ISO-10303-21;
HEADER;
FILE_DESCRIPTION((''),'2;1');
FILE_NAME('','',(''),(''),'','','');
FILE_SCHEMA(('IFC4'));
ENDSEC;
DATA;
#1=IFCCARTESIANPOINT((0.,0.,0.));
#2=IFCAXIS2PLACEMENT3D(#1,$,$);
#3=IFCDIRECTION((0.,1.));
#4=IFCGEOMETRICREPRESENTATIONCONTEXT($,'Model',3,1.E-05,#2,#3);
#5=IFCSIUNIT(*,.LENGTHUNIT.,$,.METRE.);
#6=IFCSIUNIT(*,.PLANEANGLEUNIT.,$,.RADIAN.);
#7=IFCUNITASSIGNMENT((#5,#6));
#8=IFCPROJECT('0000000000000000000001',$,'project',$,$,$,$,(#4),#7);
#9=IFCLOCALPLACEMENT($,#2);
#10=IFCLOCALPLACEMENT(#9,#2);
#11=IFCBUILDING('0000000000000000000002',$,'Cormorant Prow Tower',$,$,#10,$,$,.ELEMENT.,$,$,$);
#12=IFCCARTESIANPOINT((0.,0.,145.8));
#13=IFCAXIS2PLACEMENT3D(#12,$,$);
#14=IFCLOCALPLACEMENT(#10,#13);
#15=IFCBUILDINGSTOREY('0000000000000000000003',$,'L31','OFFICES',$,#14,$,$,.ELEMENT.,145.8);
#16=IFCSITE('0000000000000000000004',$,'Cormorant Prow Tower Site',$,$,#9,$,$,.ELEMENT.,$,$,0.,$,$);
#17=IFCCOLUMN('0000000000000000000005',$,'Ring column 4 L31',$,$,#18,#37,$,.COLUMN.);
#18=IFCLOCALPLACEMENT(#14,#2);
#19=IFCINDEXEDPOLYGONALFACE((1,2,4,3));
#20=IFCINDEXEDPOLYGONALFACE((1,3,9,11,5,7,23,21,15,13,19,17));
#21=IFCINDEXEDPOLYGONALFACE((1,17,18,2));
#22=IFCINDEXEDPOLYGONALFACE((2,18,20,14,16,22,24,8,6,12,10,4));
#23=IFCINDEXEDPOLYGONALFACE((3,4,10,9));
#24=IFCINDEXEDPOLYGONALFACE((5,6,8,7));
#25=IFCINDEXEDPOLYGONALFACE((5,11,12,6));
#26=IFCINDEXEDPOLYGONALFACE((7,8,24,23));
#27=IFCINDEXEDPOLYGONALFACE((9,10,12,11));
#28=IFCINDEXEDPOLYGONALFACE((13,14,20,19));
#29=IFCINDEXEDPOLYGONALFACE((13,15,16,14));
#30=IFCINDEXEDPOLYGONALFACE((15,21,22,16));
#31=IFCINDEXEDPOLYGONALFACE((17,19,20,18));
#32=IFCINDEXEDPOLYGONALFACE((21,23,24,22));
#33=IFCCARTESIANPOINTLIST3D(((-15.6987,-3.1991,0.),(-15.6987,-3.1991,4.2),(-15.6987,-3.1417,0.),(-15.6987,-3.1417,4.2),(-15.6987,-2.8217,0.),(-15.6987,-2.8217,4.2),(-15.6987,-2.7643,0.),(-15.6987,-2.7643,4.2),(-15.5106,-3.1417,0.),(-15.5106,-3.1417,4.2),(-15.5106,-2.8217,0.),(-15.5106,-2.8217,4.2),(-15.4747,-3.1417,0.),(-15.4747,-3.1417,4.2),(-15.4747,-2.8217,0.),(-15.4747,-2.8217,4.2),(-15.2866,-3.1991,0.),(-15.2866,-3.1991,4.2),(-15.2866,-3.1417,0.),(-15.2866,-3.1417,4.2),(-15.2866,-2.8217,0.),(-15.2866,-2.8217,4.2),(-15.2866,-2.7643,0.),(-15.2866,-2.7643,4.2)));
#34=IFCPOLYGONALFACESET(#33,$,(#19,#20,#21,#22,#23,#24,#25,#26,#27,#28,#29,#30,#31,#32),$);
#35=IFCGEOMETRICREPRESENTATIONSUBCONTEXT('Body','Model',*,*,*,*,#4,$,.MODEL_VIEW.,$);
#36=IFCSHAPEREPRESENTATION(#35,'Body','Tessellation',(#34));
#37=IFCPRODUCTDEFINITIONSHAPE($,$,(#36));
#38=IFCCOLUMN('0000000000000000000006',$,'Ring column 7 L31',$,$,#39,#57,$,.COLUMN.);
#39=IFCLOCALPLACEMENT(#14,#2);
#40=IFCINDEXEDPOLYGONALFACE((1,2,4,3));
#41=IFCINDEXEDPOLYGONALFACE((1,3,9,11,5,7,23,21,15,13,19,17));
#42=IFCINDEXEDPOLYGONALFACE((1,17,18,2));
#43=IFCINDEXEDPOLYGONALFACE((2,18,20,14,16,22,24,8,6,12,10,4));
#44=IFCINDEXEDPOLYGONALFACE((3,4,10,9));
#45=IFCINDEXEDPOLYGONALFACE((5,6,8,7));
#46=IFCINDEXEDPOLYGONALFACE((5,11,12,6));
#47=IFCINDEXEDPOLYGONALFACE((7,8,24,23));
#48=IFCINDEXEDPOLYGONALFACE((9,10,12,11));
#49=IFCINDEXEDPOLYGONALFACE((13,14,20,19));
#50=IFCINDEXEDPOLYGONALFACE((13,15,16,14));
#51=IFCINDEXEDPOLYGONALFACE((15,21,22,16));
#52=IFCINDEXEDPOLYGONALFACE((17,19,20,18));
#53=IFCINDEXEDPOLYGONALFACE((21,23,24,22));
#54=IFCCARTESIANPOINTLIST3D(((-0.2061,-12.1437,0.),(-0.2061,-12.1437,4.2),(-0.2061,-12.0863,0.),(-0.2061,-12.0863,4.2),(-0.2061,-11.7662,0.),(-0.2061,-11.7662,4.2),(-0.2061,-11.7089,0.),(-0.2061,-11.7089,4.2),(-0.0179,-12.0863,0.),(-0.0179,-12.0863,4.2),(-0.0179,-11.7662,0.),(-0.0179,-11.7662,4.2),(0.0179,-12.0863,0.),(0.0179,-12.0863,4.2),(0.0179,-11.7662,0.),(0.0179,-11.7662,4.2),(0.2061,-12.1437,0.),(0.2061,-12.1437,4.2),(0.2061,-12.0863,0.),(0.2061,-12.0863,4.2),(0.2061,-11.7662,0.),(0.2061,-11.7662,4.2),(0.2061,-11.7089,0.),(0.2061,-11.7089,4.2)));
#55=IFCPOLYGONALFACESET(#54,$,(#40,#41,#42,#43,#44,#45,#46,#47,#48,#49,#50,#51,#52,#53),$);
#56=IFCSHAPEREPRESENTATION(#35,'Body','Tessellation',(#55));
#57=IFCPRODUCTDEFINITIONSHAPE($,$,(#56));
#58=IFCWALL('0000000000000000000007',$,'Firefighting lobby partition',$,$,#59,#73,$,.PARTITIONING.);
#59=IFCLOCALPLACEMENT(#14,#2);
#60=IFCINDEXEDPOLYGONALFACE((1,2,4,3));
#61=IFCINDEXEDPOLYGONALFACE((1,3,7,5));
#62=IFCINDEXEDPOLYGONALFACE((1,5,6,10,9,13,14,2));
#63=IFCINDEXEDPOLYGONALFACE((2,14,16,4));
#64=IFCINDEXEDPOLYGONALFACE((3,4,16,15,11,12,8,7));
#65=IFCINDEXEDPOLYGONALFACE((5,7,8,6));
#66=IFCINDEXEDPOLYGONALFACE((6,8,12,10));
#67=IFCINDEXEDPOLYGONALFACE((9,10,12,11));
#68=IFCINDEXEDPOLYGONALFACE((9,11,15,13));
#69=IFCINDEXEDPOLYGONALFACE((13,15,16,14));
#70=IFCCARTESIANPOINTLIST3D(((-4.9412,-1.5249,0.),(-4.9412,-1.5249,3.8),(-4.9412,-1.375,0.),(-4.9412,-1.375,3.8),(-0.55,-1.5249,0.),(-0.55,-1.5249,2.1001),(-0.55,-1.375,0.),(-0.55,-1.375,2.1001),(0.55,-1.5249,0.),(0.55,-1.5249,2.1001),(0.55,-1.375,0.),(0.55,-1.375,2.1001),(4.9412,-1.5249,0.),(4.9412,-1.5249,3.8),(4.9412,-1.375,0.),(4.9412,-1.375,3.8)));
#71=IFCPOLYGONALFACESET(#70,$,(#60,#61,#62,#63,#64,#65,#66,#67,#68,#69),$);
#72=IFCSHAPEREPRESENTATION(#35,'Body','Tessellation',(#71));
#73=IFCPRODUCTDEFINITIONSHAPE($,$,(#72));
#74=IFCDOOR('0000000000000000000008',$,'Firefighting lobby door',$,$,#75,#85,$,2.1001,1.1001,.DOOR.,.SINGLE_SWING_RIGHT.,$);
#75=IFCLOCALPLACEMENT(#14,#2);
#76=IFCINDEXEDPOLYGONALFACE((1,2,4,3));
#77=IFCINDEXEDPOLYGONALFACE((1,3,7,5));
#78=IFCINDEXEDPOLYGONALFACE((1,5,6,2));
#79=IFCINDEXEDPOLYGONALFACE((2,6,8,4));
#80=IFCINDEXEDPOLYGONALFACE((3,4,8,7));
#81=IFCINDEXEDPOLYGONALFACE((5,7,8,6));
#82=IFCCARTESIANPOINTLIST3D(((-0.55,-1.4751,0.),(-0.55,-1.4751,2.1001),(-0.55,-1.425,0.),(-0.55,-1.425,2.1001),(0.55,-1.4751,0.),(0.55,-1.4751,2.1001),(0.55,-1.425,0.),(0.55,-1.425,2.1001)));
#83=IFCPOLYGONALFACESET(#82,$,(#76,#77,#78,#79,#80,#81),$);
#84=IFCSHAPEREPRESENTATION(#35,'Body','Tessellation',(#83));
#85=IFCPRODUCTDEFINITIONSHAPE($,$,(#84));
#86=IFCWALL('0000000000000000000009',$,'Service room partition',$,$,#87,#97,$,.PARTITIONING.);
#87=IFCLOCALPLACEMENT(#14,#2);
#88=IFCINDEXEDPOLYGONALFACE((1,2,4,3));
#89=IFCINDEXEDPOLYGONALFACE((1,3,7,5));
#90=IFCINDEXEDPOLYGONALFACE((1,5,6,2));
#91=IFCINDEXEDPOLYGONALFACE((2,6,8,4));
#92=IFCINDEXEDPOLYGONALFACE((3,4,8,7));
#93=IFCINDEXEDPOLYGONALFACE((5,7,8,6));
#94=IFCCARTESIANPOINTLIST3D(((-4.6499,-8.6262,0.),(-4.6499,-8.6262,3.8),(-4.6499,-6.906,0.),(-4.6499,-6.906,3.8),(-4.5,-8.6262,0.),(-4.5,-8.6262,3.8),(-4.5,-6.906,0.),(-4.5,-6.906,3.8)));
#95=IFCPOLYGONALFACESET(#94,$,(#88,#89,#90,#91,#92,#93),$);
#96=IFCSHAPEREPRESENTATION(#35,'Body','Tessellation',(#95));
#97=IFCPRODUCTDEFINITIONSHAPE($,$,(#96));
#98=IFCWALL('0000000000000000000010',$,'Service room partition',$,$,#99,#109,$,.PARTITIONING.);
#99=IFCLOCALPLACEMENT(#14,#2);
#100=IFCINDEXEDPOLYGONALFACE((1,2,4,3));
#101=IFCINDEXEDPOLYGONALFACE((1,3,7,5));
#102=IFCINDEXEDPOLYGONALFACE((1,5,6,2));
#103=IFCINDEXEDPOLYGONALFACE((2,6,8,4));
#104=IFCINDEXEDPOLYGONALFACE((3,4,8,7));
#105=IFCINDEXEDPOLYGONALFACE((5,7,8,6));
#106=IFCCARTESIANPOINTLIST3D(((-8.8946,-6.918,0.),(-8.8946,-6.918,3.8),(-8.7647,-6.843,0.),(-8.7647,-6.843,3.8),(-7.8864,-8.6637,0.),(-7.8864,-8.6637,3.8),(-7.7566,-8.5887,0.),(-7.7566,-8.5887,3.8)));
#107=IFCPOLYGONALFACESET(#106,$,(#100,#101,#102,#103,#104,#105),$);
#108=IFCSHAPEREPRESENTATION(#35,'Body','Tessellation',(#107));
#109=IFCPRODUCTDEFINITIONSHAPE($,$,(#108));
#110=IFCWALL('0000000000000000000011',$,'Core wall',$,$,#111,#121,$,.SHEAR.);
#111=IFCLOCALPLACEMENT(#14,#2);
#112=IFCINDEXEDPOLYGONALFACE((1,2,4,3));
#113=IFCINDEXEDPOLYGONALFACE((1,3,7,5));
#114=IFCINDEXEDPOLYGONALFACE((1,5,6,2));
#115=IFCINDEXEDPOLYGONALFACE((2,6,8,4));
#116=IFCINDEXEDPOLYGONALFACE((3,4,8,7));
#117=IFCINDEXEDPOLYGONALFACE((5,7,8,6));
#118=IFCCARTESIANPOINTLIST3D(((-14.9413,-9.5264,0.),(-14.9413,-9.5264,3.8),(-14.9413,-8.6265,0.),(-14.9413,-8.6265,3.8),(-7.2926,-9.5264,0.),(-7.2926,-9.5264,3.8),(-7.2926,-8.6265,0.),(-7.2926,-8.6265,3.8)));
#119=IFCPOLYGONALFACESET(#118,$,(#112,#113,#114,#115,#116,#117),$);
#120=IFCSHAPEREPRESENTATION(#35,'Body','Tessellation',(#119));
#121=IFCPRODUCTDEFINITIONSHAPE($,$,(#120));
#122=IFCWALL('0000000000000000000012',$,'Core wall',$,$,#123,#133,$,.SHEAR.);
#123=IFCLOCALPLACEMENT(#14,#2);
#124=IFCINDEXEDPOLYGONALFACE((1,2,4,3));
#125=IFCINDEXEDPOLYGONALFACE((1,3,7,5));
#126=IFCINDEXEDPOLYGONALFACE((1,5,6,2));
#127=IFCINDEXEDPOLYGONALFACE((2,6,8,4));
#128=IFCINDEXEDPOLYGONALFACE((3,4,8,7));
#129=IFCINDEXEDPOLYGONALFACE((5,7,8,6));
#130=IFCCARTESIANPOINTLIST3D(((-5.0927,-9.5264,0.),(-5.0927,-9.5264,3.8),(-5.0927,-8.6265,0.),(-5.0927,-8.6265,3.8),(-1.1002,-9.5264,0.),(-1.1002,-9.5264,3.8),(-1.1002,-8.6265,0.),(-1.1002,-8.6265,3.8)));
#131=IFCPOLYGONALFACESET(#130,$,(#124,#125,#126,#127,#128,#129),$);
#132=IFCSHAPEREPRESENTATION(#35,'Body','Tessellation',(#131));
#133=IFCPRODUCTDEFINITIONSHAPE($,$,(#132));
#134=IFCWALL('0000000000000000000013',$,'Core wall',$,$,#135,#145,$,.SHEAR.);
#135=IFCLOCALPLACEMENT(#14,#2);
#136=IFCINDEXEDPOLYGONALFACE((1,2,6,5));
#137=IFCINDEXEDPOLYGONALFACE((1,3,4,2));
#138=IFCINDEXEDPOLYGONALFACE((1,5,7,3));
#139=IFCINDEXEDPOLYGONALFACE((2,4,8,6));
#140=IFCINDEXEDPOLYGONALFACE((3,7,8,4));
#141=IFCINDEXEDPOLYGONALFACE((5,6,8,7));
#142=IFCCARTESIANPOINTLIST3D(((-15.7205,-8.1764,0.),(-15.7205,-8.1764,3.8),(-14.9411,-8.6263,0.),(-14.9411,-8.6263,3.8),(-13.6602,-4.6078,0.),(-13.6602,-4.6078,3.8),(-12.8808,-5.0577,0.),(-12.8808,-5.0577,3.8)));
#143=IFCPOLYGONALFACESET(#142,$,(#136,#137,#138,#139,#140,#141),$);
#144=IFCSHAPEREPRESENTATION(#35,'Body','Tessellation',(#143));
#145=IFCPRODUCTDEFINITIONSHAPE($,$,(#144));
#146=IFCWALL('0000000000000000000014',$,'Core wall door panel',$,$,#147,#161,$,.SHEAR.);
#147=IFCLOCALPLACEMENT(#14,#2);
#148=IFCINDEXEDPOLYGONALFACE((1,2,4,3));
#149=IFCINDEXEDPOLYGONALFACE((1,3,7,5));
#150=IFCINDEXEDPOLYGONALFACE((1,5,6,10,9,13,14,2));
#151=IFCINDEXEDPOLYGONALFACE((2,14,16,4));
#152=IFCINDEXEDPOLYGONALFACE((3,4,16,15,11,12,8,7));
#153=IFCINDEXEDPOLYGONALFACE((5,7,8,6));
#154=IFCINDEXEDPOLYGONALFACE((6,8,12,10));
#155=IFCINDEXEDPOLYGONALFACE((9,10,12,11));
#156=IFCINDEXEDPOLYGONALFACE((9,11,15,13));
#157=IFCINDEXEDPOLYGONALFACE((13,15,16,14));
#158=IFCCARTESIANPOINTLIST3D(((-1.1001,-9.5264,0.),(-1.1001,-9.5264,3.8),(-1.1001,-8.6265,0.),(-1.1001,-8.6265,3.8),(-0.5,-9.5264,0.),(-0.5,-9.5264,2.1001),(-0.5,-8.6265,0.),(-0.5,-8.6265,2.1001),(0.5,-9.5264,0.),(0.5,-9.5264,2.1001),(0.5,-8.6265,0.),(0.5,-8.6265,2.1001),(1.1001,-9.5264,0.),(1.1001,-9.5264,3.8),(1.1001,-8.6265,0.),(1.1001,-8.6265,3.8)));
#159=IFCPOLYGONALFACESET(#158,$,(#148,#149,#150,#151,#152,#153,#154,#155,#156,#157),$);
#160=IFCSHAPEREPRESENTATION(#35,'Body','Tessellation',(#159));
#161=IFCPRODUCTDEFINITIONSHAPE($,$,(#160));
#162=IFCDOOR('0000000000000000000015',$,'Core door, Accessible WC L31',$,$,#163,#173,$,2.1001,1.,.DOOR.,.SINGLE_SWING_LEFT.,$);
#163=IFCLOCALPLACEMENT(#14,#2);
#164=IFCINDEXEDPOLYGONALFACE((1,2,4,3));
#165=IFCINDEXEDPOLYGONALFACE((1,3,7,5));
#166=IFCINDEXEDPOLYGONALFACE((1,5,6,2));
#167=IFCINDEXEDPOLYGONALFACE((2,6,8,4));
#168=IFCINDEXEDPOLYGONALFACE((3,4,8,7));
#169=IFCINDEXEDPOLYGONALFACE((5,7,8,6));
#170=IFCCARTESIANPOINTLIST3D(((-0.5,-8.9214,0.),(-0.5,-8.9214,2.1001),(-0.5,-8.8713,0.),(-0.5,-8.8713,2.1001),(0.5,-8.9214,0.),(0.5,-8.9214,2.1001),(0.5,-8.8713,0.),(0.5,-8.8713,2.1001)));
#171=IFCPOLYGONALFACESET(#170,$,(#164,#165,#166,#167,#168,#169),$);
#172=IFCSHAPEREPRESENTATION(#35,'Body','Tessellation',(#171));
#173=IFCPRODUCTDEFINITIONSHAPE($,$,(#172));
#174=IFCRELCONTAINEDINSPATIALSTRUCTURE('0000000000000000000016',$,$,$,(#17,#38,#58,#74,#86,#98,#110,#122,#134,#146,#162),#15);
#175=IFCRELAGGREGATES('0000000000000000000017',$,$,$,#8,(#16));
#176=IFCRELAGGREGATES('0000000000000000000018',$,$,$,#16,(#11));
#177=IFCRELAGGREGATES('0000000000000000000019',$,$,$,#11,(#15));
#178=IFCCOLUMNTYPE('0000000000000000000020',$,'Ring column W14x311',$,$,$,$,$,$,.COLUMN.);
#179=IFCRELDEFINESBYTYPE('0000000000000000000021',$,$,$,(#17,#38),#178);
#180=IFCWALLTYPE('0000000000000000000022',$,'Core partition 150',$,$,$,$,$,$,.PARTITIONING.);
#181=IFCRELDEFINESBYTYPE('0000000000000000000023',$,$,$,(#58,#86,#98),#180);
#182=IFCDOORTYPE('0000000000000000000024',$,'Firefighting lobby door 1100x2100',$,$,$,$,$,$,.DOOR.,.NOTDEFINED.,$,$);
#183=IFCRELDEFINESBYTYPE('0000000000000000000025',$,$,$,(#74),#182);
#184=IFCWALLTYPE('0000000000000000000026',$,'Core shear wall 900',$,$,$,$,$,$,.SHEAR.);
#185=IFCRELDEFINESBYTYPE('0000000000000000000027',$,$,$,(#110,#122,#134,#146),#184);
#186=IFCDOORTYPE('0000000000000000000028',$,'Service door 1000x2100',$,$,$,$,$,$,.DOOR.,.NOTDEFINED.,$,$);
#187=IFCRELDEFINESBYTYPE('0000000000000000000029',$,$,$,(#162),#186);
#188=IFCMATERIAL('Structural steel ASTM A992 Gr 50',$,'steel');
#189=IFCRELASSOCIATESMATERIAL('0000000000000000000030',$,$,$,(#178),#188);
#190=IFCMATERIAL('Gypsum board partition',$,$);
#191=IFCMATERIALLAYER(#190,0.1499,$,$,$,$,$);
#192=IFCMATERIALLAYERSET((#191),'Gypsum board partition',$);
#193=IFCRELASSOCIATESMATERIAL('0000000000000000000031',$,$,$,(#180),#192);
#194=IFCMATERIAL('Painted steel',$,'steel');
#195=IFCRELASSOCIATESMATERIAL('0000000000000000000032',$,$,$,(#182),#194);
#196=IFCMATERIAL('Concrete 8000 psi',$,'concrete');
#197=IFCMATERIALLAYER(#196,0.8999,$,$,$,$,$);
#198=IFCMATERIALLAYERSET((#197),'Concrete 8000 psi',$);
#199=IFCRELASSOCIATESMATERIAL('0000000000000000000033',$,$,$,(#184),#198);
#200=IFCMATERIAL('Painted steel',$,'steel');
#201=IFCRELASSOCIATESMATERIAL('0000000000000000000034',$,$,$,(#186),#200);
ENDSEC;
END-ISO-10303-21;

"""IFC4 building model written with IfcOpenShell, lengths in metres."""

from ifc_helpers import new_model, si_unit, direction, frame, frame_2d, origin, origin_2d, place, context, subcontext, project, spatial, rectangle, i_section, extrude, material, layer, layer_set, material_profile, profile_set, type_object, element, fill, save


model = new_model("IFC4")

# Units and contexts
model_context = context("Model", 3, precision=1e-05, world=origin(), true_north=direction((0.0, 1.0)))
body_context = subcontext(model_context, "Body", "Model", "MODEL_VIEW")
ifc_project = project(units=[si_unit("LENGTHUNIT", "METRE"), si_unit("PLANEANGLEUNIT", "RADIAN")], contexts=[model_context])

# Site, building, storey
site_placement = place(None, origin())
site = spatial("IfcSite", under=ifc_project, at=site_placement, Name="Cormorant Prow Tower Site", CompositionType="ELEMENT", RefElevation=0.0)
building_placement = place(site_placement, origin())
building = spatial("IfcBuilding", under=site, at=building_placement, Name="Cormorant Prow Tower", CompositionType="ELEMENT")
storey_placement = place(building_placement, frame((0.0, 0.0, 145.8)))
storey = spatial("IfcBuildingStorey", under=building, at=storey_placement, Name="L31", Description="OFFICES", CompositionType="ELEMENT", Elevation=145.8)

# Columns
ifc_material_1 = material(Name="Structural steel ASTM A992 Gr 50", Category="steel")
ifc_material_profile = material_profile(ifc_material_1, i_section(OverallWidth=0.4121, OverallDepth=0.4348, WebThickness=0.0359, FlangeThickness=0.0574, at=origin_2d()), Name="W14x311")
ifc_profile_set = profile_set([ifc_material_profile], Name="Structural steel ASTM A992 Gr 50")
column_type = type_object("IfcColumnType", Name="Ring column W14x311", PredefinedType="COLUMN", material=ifc_profile_set)
for number, where, z_axis, x_axis, name in (
    (1, (-15.4927, -2.9817, 0.0), (0.0, 0.0, 1.0), (1.0, 0.0, 0.0), "Ring column 4 L31"),
    (2, (0.0, -11.9263, 0.0), (0.0, 0.0, 1.0), (1.0, 0.0, 0.0), "Ring column 7 L31"),
):
    element("IfcColumn", number, at=place(storey_placement, frame(where, z_axis=z_axis, x_axis=x_axis)), inside=storey, type_object=column_type, Name=name, PredefinedType="COLUMN", context=body_context, shape_type="SweptSolid", body=[
        extrude(i_section(OverallWidth=0.4121, OverallDepth=0.4348, WebThickness=0.0359, FlangeThickness=0.0574, at=origin_2d()), origin(), (0.0, 0.0, 1.0), 4.2),
    ])

# Wall, opening, door
ifc_material_2 = material(Name="Gypsum board partition")
ifc_layer_1 = layer(ifc_material_2, 0.1499)
ifc_layer_set_1 = layer_set([ifc_layer_1], Name="Gypsum board partition")
wall_type_1 = type_object("IfcWallType", Name="Core partition 150", PredefinedType="PARTITIONING", material=ifc_layer_set_1)
wall_1_placement = place(storey_placement, frame((-4.9412, -1.45, 0.0), z_axis=(0.0, 0.0, 1.0), x_axis=(1.0, 0.0, 0.0)))
wall_1 = element("IfcWall", 3, at=wall_1_placement, inside=storey, type_object=wall_type_1, Name="Firefighting lobby partition", PredefinedType="PARTITIONING", context=body_context, shape_type="SweptSolid", body=[
    extrude(rectangle(XDim=9.8823, YDim=0.1499, at=frame_2d((4.9412, 0.0))), origin(), (0.0, 0.0, 1.0), 3.8),
])
opening_1_placement = place(wall_1_placement, frame((4.3911, 0.0, 0.0)))
opening_1 = element("IfcOpeningElement", 4, at=opening_1_placement, cuts=wall_1, PredefinedType="OPENING", context=body_context, shape_type="SweptSolid", body=[
    extrude(rectangle(XDim=1.1001, YDim=2.1001, at=frame_2d((0.55, 1.05))), frame((0.0, 0.085, 0.0), z_axis=(0.0, -1.0, 0.0), x_axis=(1.0, 0.0, 0.0)), (0.0, 0.0, 1.0), 0.1699),
])
ifc_material_3 = material(Name="Painted steel", Category="steel")
door_type_1 = type_object("IfcDoorType", Name="Firefighting lobby door 1100x2100", OperationType="NOTDEFINED", PredefinedType="DOOR", material=ifc_material_3)
door_1_placement = place(opening_1_placement, origin())
door_1 = element("IfcDoor", 5, at=door_1_placement, inside=storey, type_object=door_type_1, Name="Firefighting lobby door", OperationType="SINGLE_SWING_RIGHT", OverallHeight=2.1001, OverallWidth=1.1001, PredefinedType="DOOR", context=body_context, shape_type="SweptSolid", body=[
    extrude(rectangle(XDim=1.1001, YDim=2.1001, at=frame_2d((0.55, 1.05))), frame((0.0, 0.0249, 0.0), z_axis=(0.0, -1.0, 0.0), x_axis=(1.0, 0.0, 0.0)), (0.0, 0.0, 1.0), 0.05),
])
fill(opening_1, door_1)

# Walls
wall_2_placement = place(storey_placement, frame((-4.575, -6.906, 0.0), z_axis=(0.0, 0.0, 1.0), x_axis=(0.0, -1.0, 0.0)))
element("IfcWall", 6, at=wall_2_placement, inside=storey, type_object=wall_type_1, Name="Service room partition", PredefinedType="PARTITIONING", context=body_context, shape_type="SweptSolid", body=[
    extrude(rectangle(XDim=1.7202, YDim=0.1499, at=frame_2d((0.8601, 0.0))), origin(), (0.0, 0.0, 1.0), 3.8),
])
wall_3_placement = place(storey_placement, frame((-8.8296, -6.8806, 0.0), z_axis=(0.0, 0.0, 1.0), x_axis=(0.500086, -0.865976, 0.0)))
element("IfcWall", 7, at=wall_3_placement, inside=storey, type_object=wall_type_1, Name="Service room partition", PredefinedType="PARTITIONING", context=body_context, shape_type="SweptSolid", body=[
    extrude(rectangle(XDim=2.0159, YDim=0.1499, at=frame_2d((1.0078, 0.0))), origin(), (0.0, 0.0, 1.0), 3.8),
])
ifc_material_4 = material(Name="Concrete 8000 psi", Category="concrete")
ifc_layer_2 = layer(ifc_material_4, 0.8999)
ifc_layer_set_2 = layer_set([ifc_layer_2], Name="Concrete 8000 psi")
wall_type_2 = type_object("IfcWallType", Name="Core shear wall 900", PredefinedType="SHEAR", material=ifc_layer_set_2)
wall_4_placement = place(storey_placement, frame((-14.9412, -9.0764, 0.0), z_axis=(0.0, 0.0, 1.0), x_axis=(1.0, 0.0, 0.0)))
element("IfcWall", 8, at=wall_4_placement, inside=storey, type_object=wall_type_2, Name="Core wall", PredefinedType="SHEAR", context=body_context, shape_type="SweptSolid", body=[
    extrude(rectangle(XDim=7.6487, YDim=0.8999, at=frame_2d((3.8242, 0.0))), origin(), (0.0, 0.0, 1.0), 3.8),
])
wall_5_placement = place(storey_placement, frame((-5.0925, -9.0764, 0.0), z_axis=(0.0, 0.0, 1.0), x_axis=(1.0, 0.0, 0.0)))
element("IfcWall", 9, at=wall_5_placement, inside=storey, type_object=wall_type_2, Name="Core wall", PredefinedType="SHEAR", context=body_context, shape_type="SweptSolid", body=[
    extrude(rectangle(XDim=3.9924, YDim=0.8999, at=frame_2d((1.9961, 0.0))), origin(), (0.0, 0.0, 1.0), 3.8),
])
wall_6_placement = place(storey_placement, frame((-13.2705, -4.8328, 0.0), z_axis=(0.0, 0.0, 1.0), x_axis=(-0.499994, -0.866029, 0.0)))
element("IfcWall", 10, at=wall_6_placement, inside=storey, type_object=wall_type_2, Name="Core wall", PredefinedType="SHEAR", context=body_context, shape_type="SweptSolid", body=[
    extrude(rectangle(XDim=4.1206, YDim=0.8999, at=frame_2d((2.0603, 0.0))), origin(), (0.0, 0.0, 1.0), 3.8),
])

# Wall, opening, door
wall_7_placement = place(storey_placement, frame((-1.1001, -9.0764, 0.0), z_axis=(0.0, 0.0, 1.0), x_axis=(1.0, 0.0, 0.0)))
wall_7 = element("IfcWall", 11, at=wall_7_placement, inside=storey, type_object=wall_type_2, Name="Core wall door panel", PredefinedType="SHEAR", context=body_context, shape_type="SweptSolid", body=[
    extrude(rectangle(XDim=2.2002, YDim=0.8999, at=frame_2d((1.1001, 0.0))), origin(), (0.0, 0.0, 1.0), 3.8),
])
opening_2_placement = place(wall_7_placement, frame((0.6001, 0.0, 0.0)))
opening_2 = element("IfcOpeningElement", 12, at=opening_2_placement, cuts=wall_7, PredefinedType="OPENING", context=body_context, shape_type="SweptSolid", body=[
    extrude(rectangle(XDim=1.0, YDim=2.1001, at=frame_2d((0.5, 1.05))), frame((0.0, 0.46, 0.0), z_axis=(0.0, -1.0, 0.0), x_axis=(1.0, 0.0, 0.0)), (0.0, 0.0, 1.0), 0.9199),
])
ifc_material_5 = material(Name="Painted steel", Category="steel")
door_type_2 = type_object("IfcDoorType", Name="Service door 1000x2100", OperationType="NOTDEFINED", PredefinedType="DOOR", material=ifc_material_5)
door_2_placement = place(opening_2_placement, origin())
door_2 = element("IfcDoor", 13, at=door_2_placement, inside=storey, type_object=door_type_2, Name="Core door, Accessible WC L31", OperationType="SINGLE_SWING_LEFT", OverallHeight=2.1001, OverallWidth=1.0, PredefinedType="DOOR", context=body_context, shape_type="SweptSolid", body=[
    extrude(rectangle(XDim=1.0, YDim=2.1001, at=frame_2d((0.5, 1.05))), frame((0.0, 0.2051, 0.0), z_axis=(0.0, -1.0, 0.0), x_axis=(1.0, 0.0, 0.0)), (0.0, 0.0, 1.0), 0.05),
])
fill(opening_2, door_2)

save(model, "model.ifc")
